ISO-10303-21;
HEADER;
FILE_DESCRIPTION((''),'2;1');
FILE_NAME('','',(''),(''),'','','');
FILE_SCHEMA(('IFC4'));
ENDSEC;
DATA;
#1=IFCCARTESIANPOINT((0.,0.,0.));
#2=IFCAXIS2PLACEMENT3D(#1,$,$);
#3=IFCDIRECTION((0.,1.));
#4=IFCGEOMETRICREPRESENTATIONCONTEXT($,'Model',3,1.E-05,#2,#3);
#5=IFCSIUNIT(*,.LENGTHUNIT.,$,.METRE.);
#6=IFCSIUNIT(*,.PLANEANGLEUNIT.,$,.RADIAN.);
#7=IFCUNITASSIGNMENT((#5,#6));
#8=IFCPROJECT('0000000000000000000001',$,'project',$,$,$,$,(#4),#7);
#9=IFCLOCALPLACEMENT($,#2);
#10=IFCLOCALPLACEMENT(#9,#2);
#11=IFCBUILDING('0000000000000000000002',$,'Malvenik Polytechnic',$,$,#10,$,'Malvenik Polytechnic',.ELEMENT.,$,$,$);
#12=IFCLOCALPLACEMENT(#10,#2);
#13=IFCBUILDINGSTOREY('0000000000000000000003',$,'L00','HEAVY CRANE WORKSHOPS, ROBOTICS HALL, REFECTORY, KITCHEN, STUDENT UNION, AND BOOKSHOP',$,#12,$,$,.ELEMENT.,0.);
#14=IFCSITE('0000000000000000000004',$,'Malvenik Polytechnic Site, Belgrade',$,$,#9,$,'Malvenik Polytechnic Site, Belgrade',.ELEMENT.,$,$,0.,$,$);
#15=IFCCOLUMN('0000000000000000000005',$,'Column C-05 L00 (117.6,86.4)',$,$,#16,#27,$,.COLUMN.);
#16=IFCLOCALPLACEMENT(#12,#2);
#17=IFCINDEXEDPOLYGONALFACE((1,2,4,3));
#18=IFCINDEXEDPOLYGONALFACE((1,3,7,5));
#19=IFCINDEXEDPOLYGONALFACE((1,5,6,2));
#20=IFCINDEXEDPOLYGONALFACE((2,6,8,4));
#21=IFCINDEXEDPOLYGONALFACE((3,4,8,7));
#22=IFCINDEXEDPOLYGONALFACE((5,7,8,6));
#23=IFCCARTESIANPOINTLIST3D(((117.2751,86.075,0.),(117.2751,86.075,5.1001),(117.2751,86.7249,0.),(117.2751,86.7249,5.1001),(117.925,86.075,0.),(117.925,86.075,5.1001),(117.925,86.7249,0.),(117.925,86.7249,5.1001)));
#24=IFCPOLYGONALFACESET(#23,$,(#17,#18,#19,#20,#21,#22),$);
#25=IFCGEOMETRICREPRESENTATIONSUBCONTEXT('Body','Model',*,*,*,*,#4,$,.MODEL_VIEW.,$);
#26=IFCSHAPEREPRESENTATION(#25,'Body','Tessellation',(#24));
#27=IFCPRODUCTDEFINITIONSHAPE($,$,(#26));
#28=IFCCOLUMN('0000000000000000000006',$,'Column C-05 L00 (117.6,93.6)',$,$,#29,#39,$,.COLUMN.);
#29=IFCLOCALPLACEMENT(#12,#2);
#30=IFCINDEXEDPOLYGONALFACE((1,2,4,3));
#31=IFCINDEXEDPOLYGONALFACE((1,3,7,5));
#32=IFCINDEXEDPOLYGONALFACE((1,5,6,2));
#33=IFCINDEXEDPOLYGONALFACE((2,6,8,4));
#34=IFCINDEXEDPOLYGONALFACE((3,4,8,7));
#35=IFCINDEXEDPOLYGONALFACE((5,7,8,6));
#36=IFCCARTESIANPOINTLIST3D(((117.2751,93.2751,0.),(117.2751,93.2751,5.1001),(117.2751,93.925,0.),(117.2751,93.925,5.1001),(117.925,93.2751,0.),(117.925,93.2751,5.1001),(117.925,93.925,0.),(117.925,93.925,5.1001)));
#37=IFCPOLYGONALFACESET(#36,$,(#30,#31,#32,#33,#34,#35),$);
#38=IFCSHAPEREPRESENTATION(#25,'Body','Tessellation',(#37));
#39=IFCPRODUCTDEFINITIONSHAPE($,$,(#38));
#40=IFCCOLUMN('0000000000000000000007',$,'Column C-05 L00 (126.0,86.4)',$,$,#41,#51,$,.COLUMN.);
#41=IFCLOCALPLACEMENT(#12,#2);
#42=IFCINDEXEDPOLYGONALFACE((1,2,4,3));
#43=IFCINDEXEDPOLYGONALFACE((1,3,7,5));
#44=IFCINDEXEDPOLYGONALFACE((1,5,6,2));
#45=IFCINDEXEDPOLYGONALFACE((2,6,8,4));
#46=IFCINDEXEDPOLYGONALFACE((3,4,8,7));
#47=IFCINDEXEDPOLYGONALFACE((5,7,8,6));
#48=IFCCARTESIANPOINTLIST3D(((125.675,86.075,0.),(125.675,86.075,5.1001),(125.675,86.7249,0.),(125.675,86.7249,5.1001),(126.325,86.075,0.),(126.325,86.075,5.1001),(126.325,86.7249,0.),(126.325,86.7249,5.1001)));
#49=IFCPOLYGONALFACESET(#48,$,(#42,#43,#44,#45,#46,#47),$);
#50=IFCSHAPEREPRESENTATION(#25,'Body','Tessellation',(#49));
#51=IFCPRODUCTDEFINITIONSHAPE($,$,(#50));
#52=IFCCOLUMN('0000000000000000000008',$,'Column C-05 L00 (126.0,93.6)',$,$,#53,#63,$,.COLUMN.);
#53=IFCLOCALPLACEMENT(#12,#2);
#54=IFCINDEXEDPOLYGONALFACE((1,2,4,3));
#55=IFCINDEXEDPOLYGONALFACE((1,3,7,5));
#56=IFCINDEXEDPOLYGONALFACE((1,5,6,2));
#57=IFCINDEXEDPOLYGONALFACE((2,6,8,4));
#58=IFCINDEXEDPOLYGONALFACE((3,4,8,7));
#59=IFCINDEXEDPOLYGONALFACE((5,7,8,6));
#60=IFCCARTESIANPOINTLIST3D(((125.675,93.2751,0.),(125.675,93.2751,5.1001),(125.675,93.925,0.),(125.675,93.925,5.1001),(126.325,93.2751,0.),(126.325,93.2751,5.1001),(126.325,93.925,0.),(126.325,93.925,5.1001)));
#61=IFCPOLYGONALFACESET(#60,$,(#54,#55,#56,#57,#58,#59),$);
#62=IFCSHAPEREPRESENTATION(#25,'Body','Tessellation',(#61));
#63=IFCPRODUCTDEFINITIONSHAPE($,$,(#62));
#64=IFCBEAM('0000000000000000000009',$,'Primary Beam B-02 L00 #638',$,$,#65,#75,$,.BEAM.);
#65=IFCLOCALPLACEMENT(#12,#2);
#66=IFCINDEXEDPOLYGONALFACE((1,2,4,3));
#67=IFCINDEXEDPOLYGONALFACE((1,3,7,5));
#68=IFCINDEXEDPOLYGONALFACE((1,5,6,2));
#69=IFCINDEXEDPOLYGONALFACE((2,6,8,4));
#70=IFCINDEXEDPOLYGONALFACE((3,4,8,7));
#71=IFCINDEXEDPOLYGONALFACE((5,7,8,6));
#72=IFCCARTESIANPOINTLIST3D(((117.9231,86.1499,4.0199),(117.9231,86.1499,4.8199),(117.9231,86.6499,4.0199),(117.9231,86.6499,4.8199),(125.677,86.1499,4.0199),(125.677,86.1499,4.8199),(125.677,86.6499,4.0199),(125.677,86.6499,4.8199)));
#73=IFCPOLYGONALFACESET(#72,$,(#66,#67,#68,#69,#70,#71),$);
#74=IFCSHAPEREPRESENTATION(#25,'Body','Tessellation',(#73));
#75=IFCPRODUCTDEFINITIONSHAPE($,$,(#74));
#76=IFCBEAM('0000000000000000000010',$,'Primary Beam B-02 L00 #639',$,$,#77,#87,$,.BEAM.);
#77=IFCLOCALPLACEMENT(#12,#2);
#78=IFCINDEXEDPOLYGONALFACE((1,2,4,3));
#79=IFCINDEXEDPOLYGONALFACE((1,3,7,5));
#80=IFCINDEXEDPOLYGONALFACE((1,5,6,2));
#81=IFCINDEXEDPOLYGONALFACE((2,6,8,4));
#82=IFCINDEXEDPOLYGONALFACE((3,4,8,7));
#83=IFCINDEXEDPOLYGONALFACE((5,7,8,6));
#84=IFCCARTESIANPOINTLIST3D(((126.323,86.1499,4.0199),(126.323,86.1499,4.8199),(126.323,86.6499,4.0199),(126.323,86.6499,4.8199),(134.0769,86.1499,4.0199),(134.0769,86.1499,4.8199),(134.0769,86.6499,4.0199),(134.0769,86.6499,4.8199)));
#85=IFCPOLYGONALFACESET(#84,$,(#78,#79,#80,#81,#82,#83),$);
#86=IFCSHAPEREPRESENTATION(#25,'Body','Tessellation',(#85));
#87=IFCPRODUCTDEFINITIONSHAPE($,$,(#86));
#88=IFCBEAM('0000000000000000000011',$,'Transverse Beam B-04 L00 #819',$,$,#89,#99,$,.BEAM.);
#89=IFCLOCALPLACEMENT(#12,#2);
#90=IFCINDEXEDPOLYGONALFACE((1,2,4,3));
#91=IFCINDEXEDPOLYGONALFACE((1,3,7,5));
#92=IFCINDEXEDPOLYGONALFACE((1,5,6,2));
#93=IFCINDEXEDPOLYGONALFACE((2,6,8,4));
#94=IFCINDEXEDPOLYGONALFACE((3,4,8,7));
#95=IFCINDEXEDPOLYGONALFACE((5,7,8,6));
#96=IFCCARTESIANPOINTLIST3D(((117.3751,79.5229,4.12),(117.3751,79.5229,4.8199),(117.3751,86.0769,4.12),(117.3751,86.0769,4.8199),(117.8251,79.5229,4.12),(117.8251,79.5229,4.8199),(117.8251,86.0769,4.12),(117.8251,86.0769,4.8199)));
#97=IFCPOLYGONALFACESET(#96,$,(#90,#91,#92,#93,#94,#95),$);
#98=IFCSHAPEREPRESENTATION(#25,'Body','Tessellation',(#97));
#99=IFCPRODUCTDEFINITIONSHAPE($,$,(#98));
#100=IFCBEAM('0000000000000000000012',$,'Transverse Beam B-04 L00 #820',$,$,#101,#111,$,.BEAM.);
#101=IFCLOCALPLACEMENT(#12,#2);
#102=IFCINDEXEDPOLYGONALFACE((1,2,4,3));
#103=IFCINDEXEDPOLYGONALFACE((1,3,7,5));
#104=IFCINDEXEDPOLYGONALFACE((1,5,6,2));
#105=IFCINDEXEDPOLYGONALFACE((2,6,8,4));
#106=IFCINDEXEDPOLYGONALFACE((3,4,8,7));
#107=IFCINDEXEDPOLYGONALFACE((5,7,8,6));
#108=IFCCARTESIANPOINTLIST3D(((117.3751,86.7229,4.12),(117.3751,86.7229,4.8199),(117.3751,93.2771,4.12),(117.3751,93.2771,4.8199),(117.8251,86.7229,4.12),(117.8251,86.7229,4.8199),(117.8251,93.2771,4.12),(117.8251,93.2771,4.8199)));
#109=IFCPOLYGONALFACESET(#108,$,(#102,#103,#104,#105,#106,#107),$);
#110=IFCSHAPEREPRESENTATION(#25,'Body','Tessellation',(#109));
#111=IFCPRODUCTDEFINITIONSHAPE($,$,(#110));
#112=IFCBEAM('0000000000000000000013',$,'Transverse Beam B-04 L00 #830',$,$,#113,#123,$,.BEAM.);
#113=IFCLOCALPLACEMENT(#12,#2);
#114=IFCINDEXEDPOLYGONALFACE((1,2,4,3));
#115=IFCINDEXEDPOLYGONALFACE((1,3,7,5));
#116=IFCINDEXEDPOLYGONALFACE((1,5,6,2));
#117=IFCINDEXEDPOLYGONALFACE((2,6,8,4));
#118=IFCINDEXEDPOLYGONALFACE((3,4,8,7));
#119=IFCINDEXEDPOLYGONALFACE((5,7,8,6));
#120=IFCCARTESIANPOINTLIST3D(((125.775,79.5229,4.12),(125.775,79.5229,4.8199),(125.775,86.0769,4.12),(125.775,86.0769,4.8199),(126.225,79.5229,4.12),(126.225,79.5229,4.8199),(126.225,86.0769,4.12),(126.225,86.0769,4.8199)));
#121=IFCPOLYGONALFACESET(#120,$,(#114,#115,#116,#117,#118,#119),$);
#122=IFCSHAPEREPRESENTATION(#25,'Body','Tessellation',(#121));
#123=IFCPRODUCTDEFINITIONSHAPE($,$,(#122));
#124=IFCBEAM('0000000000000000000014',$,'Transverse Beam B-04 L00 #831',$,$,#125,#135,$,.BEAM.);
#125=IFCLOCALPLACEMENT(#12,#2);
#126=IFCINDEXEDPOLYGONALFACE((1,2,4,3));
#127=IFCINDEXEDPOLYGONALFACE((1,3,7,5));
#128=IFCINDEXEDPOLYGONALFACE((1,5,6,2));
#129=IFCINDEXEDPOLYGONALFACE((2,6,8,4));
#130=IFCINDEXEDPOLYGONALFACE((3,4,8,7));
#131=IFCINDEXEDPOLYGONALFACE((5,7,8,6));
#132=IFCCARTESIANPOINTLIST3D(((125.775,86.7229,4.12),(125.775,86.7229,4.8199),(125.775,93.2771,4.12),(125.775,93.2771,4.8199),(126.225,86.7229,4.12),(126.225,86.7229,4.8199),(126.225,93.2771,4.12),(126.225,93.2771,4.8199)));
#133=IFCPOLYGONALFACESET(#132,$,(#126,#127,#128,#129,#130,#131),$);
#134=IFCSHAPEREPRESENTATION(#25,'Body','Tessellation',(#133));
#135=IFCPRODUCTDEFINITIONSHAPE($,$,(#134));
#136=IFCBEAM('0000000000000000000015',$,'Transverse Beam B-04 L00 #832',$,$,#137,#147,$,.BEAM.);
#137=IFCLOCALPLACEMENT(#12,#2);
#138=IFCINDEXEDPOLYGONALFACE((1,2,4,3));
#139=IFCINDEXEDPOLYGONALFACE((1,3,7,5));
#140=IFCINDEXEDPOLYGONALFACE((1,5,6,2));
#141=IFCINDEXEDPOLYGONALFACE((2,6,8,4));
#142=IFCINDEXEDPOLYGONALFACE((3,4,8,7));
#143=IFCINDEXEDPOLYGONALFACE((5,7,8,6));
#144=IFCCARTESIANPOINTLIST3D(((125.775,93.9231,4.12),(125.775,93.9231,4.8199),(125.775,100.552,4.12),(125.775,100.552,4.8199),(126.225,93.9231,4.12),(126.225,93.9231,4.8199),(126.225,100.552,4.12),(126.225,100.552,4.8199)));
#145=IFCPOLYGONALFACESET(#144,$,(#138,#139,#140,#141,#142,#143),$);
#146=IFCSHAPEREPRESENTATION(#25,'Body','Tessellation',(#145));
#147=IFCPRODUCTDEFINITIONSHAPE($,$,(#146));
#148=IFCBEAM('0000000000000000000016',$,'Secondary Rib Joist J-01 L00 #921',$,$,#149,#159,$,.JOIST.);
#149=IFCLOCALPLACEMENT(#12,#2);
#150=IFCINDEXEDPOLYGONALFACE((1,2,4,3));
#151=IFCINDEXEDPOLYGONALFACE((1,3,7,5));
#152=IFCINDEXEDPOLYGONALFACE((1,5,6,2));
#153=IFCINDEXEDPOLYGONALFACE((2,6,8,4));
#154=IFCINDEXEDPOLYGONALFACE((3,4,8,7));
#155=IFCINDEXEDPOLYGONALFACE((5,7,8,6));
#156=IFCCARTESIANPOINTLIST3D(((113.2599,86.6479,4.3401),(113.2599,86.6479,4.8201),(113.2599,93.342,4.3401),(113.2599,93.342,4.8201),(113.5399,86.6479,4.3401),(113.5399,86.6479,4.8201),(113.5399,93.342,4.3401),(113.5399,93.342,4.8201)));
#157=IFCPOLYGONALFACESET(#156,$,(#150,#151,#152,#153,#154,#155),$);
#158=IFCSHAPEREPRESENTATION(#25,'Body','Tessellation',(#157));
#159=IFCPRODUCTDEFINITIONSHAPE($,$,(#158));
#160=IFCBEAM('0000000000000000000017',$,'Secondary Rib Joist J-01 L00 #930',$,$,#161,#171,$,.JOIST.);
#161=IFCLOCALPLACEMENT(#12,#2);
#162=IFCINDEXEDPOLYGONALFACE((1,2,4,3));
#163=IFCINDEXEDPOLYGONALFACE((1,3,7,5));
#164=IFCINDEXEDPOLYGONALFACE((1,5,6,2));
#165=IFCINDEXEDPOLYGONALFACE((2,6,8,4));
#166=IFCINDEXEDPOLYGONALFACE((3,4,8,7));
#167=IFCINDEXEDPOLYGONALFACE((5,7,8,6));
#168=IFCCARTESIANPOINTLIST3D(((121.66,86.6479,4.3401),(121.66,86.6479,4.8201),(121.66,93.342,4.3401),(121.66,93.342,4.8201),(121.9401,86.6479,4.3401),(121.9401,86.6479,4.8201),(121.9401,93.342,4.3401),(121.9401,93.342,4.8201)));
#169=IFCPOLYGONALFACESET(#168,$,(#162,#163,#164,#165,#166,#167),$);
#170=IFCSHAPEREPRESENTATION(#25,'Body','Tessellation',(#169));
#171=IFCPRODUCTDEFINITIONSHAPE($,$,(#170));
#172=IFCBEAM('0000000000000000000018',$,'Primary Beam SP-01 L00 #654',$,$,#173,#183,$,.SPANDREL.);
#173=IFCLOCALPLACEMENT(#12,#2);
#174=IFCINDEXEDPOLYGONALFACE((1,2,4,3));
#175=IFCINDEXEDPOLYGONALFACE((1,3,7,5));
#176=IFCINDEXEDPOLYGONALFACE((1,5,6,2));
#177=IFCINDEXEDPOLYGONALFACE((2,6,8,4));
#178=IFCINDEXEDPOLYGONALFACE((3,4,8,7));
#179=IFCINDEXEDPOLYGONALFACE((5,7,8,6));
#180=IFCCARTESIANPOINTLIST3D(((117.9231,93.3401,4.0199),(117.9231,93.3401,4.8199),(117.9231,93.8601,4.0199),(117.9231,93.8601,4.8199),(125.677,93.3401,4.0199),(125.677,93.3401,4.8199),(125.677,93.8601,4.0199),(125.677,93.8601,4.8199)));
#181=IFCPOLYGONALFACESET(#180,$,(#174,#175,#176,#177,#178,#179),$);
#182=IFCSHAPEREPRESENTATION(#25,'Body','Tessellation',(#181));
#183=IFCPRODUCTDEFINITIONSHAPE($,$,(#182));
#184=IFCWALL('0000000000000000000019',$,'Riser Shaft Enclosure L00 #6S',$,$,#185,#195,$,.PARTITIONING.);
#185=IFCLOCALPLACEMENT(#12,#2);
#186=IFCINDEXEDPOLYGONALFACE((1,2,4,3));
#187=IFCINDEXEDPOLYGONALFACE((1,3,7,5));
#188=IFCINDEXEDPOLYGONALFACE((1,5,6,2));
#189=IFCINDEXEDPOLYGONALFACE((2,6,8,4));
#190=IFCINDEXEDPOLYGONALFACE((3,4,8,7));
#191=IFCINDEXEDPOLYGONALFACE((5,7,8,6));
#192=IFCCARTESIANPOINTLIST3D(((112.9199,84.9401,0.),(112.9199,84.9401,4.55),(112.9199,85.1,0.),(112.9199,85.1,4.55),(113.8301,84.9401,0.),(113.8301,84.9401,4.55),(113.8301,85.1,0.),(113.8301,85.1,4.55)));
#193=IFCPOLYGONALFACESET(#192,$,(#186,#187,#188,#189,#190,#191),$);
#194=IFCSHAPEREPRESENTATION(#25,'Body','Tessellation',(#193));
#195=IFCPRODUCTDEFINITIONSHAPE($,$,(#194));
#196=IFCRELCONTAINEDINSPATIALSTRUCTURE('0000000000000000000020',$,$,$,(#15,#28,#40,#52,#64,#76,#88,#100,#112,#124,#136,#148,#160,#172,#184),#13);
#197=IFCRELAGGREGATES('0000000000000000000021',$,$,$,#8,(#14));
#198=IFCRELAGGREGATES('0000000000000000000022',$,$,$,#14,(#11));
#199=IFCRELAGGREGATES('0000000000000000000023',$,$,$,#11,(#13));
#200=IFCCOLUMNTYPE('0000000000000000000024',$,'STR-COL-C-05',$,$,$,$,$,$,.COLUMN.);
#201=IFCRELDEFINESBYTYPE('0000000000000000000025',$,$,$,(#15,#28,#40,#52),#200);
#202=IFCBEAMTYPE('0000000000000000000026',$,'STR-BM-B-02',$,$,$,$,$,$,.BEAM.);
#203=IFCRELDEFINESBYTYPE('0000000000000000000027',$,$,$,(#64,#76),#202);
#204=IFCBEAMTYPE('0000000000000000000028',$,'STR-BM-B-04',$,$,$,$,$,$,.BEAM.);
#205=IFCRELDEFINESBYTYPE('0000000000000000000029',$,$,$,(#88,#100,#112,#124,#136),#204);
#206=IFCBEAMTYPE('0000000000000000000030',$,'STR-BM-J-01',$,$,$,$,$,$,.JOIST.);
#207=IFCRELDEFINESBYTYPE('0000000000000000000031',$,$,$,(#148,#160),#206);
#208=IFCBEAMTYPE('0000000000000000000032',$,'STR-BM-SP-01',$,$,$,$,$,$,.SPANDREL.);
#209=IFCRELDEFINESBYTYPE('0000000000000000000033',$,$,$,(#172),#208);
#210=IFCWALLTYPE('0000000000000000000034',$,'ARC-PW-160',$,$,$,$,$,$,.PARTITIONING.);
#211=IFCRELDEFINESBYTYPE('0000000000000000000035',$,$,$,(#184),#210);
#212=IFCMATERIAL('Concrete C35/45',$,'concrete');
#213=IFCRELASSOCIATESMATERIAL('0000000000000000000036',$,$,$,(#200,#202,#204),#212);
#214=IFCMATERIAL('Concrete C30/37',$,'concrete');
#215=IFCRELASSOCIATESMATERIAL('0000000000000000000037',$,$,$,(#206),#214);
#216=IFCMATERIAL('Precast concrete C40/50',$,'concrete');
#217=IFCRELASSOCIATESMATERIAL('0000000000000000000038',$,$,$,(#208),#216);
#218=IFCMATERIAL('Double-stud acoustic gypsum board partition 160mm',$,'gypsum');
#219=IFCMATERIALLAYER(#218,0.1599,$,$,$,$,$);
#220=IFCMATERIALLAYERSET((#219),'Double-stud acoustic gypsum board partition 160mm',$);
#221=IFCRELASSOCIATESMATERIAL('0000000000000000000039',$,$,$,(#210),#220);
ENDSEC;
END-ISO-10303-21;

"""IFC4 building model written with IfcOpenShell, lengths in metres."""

from ifc_helpers import new_model, si_unit, direction, frame, frame_2d, origin, origin_2d, place, context, subcontext, project, spatial, rectangle, extrude, material, layer, layer_set, material_profile, profile_set, type_object, element, save


model = new_model("IFC4")

# Units and contexts
model_context = context("Model", 3, precision=1e-05, world=origin(), true_north=direction((0.0, 1.0)))
body_context = subcontext(model_context, "Body", "Model", "MODEL_VIEW")
ifc_project = project(units=[si_unit("LENGTHUNIT", "METRE"), si_unit("PLANEANGLEUNIT", "RADIAN")], contexts=[model_context])

# Site, building, storey
site_placement = place(None, origin())
site = spatial("IfcSite", under=ifc_project, at=site_placement, Name="Malvenik Polytechnic Site, Belgrade", LongName="Malvenik Polytechnic Site, Belgrade", CompositionType="ELEMENT", RefElevation=0.0)
building_placement = place(site_placement, origin())
building = spatial("IfcBuilding", under=site, at=building_placement, Name="Malvenik Polytechnic", LongName="Malvenik Polytechnic", CompositionType="ELEMENT")
storey_placement = place(building_placement, origin())
storey = spatial("IfcBuildingStorey", under=building, at=storey_placement, Name="L00", Description="HEAVY CRANE WORKSHOPS, ROBOTICS HALL, REFECTORY, KITCHEN, STUDENT UNION, AND BOOKSHOP", CompositionType="ELEMENT", Elevation=0.0)

# Columns
ifc_material_1 = material(Name="Concrete C35/45", Category="concrete")
ifc_material_profile_1 = material_profile(ifc_material_1, rectangle(XDim=0.6499, YDim=0.6499, at=origin_2d()), Name="RC COL 650x650")
ifc_profile_set_1 = profile_set([ifc_material_profile_1], Name="Concrete C35/45")
column_type = type_object("IfcColumnType", Name="STR-COL-C-05", PredefinedType="COLUMN", material=ifc_profile_set_1)
for number, where, z_axis, x_axis, name in (
    (1, (117.6001, 86.3999, 0.0), (0.0, 0.0, 1.0), (1.0, 0.0, 0.0), "Column C-05 L00 (117.6,86.4)"),
    (2, (117.6001, 93.6001, 0.0), (0.0, 0.0, 1.0), (1.0, 0.0, 0.0), "Column C-05 L00 (117.6,93.6)"),
    (3, (126.0, 86.3999, 0.0), (0.0, 0.0, 1.0), (1.0, 0.0, 0.0), "Column C-05 L00 (126.0,86.4)"),
    (4, (126.0, 93.6001, 0.0), (0.0, 0.0, 1.0), (1.0, 0.0, 0.0), "Column C-05 L00 (126.0,93.6)"),
):
    element("IfcColumn", number, at=place(storey_placement, frame(where, z_axis=z_axis, x_axis=x_axis)), inside=storey, type_object=column_type, Name=name, PredefinedType="COLUMN", context=body_context, shape_type="SweptSolid", body=[
        extrude(rectangle(XDim=0.6499, YDim=0.6499, at=origin_2d()), origin(), (0.0, 0.0, 1.0), 5.1001),
    ])

# Beams
ifc_material_profile_2 = material_profile(ifc_material_1, rectangle(XDim=0.5, YDim=0.8, at=origin_2d()), Name="RC BM 500x800")
ifc_profile_set_2 = profile_set([ifc_material_profile_2], Name="Concrete C35/45")
beam_type_1 = type_object("IfcBeamType", Name="STR-BM-B-02", PredefinedType="BEAM", material=ifc_profile_set_2)
for number, where, z_axis, x_axis, name in (
    (5, (117.9231, 86.3999, 4.4199), (1.0, 0.0, 0.0), (0.0, 1.0, 0.0), "Primary Beam B-02 L00 #638"),
    (6, (126.323, 86.3999, 4.4199), (1.0, 0.0, 0.0), (0.0, 1.0, 0.0), "Primary Beam B-02 L00 #639"),
):
    element("IfcBeam", number, at=place(storey_placement, frame(where, z_axis=z_axis, x_axis=x_axis)), inside=storey, type_object=beam_type_1, Name=name, PredefinedType="BEAM", context=body_context, shape_type="SweptSolid", body=[
        extrude(rectangle(XDim=0.5, YDim=0.8, at=origin_2d()), origin(), (0.0, 0.0, 1.0), 7.7539),
    ])
ifc_material_profile_3 = material_profile(ifc_material_1, rectangle(XDim=0.45, YDim=0.7, at=origin_2d()), Name="RC BM 450x700")
ifc_profile_set_3 = profile_set([ifc_material_profile_3], Name="Concrete C35/45")
beam_type_2 = type_object("IfcBeamType", Name="STR-BM-B-04", PredefinedType="BEAM", material=ifc_profile_set_3)
beam_1_placement = place(storey_placement, frame((117.6001, 79.5229, 4.47), z_axis=(0.0, 1.0, 0.0), x_axis=(-1.0, 0.0, 0.0)))
element("IfcBeam", 7, at=beam_1_placement, inside=storey, type_object=beam_type_2, Name="Transverse Beam B-04 L00 #819", PredefinedType="BEAM", context=body_context, shape_type="SweptSolid", body=[
    extrude(rectangle(XDim=0.45, YDim=0.7, at=origin_2d()), origin(), (0.0, 0.0, 1.0), 6.554),
])
beam_2_placement = place(storey_placement, frame((117.6001, 86.7229, 4.47), z_axis=(0.0, 1.0, 0.0), x_axis=(-1.0, 0.0, 0.0)))
element("IfcBeam", 8, at=beam_2_placement, inside=storey, type_object=beam_type_2, Name="Transverse Beam B-04 L00 #820", PredefinedType="BEAM", context=body_context, shape_type="SweptSolid", body=[
    extrude(rectangle(XDim=0.45, YDim=0.7, at=origin_2d()), origin(), (0.0, 0.0, 1.0), 6.5542),
])
beam_3_placement = place(storey_placement, frame((126.0, 79.5229, 4.47), z_axis=(0.0, 1.0, 0.0), x_axis=(-1.0, 0.0, 0.0)))
element("IfcBeam", 9, at=beam_3_placement, inside=storey, type_object=beam_type_2, Name="Transverse Beam B-04 L00 #830", PredefinedType="BEAM", context=body_context, shape_type="SweptSolid", body=[
    extrude(rectangle(XDim=0.45, YDim=0.7, at=origin_2d()), origin(), (0.0, 0.0, 1.0), 6.554),
])
beam_4_placement = place(storey_placement, frame((126.0, 86.7229, 4.47), z_axis=(0.0, 1.0, 0.0), x_axis=(-1.0, 0.0, 0.0)))
element("IfcBeam", 10, at=beam_4_placement, inside=storey, type_object=beam_type_2, Name="Transverse Beam B-04 L00 #831", PredefinedType="BEAM", context=body_context, shape_type="SweptSolid", body=[
    extrude(rectangle(XDim=0.45, YDim=0.7, at=origin_2d()), origin(), (0.0, 0.0, 1.0), 6.5542),
])
beam_5_placement = place(storey_placement, frame((126.0, 93.9231, 4.47), z_axis=(0.0, 1.0, 0.0), x_axis=(-1.0, 0.0, 0.0)))
element("IfcBeam", 11, at=beam_5_placement, inside=storey, type_object=beam_type_2, Name="Transverse Beam B-04 L00 #832", PredefinedType="BEAM", context=body_context, shape_type="SweptSolid", body=[
    extrude(rectangle(XDim=0.45, YDim=0.7, at=origin_2d()), origin(), (0.0, 0.0, 1.0), 6.6289),
])
ifc_material_2 = material(Name="Concrete C30/37", Category="concrete")
ifc_material_profile_4 = material_profile(ifc_material_2, rectangle(XDim=0.28, YDim=0.48, at=origin_2d()), Name="RC JST 280x480")
ifc_profile_set_4 = profile_set([ifc_material_profile_4], Name="Concrete C30/37")
beam_type_3 = type_object("IfcBeamType", Name="STR-BM-J-01", PredefinedType="JOIST", material=ifc_profile_set_4)
for number, where, z_axis, x_axis, name in (
    (12, (113.3999, 86.6479, 4.5801), (0.0, 1.0, 0.0), (-1.0, 0.0, 0.0), "Secondary Rib Joist J-01 L00 #921"),
    (13, (121.8, 86.6479, 4.5801), (0.0, 1.0, 0.0), (-1.0, 0.0, 0.0), "Secondary Rib Joist J-01 L00 #930"),
):
    element("IfcBeam", number, at=place(storey_placement, frame(where, z_axis=z_axis, x_axis=x_axis)), inside=storey, type_object=beam_type_3, Name=name, PredefinedType="JOIST", context=body_context, shape_type="SweptSolid", body=[
        extrude(rectangle(XDim=0.28, YDim=0.48, at=origin_2d()), origin(), (0.0, 0.0, 1.0), 6.6941),
    ])
ifc_material_3 = material(Name="Precast concrete C40/50", Category="concrete")
ifc_material_profile_5 = material_profile(ifc_material_3, rectangle(XDim=0.52, YDim=0.8, at=origin_2d()), Name="PC SPN 520x800")
ifc_profile_set_5 = profile_set([ifc_material_profile_5], Name="Precast concrete C40/50")
beam_type_4 = type_object("IfcBeamType", Name="STR-BM-SP-01", PredefinedType="SPANDREL", material=ifc_profile_set_5)
beam_6_placement = place(storey_placement, frame((117.9231, 93.6001, 4.4199), z_axis=(1.0, 0.0, 0.0), x_axis=(0.0, 1.0, 0.0)))
element("IfcBeam", 14, at=beam_6_placement, inside=storey, type_object=beam_type_4, Name="Primary Beam SP-01 L00 #654", PredefinedType="SPANDREL", context=body_context, shape_type="SweptSolid", body=[
    extrude(rectangle(XDim=0.52, YDim=0.8, at=origin_2d()), origin(), (0.0, 0.0, 1.0), 7.7539),
])

# Wall
ifc_material_4 = material(Name="Double-stud acoustic gypsum board partition 160mm", Category="gypsum")
ifc_layer_1 = layer(ifc_material_4, 0.1599)
ifc_layer_set_1 = layer_set([ifc_layer_1], Name="Double-stud acoustic gypsum board partition 160mm")
wall_type_1 = type_object("IfcWallType", Name="ARC-PW-160", PredefinedType="PARTITIONING", material=ifc_layer_set_1)
wall_1_placement = place(storey_placement, frame((112.9199, 85.02, 0.0), z_axis=(0.0, 0.0, 1.0), x_axis=(1.0, 0.0, 0.0)))
element("IfcWall", 15, at=wall_1_placement, inside=storey, type_object=wall_type_1, Name="Riser Shaft Enclosure L00 #6S", PredefinedType="PARTITIONING", context=body_context, shape_type="SweptSolid", body=[
    extrude(rectangle(XDim=0.9102, YDim=0.1599, at=frame_2d((0.4551, 0.0))), origin(), (0.0, 0.0, 1.0), 4.55),
])

save(model, "model.ifc")
